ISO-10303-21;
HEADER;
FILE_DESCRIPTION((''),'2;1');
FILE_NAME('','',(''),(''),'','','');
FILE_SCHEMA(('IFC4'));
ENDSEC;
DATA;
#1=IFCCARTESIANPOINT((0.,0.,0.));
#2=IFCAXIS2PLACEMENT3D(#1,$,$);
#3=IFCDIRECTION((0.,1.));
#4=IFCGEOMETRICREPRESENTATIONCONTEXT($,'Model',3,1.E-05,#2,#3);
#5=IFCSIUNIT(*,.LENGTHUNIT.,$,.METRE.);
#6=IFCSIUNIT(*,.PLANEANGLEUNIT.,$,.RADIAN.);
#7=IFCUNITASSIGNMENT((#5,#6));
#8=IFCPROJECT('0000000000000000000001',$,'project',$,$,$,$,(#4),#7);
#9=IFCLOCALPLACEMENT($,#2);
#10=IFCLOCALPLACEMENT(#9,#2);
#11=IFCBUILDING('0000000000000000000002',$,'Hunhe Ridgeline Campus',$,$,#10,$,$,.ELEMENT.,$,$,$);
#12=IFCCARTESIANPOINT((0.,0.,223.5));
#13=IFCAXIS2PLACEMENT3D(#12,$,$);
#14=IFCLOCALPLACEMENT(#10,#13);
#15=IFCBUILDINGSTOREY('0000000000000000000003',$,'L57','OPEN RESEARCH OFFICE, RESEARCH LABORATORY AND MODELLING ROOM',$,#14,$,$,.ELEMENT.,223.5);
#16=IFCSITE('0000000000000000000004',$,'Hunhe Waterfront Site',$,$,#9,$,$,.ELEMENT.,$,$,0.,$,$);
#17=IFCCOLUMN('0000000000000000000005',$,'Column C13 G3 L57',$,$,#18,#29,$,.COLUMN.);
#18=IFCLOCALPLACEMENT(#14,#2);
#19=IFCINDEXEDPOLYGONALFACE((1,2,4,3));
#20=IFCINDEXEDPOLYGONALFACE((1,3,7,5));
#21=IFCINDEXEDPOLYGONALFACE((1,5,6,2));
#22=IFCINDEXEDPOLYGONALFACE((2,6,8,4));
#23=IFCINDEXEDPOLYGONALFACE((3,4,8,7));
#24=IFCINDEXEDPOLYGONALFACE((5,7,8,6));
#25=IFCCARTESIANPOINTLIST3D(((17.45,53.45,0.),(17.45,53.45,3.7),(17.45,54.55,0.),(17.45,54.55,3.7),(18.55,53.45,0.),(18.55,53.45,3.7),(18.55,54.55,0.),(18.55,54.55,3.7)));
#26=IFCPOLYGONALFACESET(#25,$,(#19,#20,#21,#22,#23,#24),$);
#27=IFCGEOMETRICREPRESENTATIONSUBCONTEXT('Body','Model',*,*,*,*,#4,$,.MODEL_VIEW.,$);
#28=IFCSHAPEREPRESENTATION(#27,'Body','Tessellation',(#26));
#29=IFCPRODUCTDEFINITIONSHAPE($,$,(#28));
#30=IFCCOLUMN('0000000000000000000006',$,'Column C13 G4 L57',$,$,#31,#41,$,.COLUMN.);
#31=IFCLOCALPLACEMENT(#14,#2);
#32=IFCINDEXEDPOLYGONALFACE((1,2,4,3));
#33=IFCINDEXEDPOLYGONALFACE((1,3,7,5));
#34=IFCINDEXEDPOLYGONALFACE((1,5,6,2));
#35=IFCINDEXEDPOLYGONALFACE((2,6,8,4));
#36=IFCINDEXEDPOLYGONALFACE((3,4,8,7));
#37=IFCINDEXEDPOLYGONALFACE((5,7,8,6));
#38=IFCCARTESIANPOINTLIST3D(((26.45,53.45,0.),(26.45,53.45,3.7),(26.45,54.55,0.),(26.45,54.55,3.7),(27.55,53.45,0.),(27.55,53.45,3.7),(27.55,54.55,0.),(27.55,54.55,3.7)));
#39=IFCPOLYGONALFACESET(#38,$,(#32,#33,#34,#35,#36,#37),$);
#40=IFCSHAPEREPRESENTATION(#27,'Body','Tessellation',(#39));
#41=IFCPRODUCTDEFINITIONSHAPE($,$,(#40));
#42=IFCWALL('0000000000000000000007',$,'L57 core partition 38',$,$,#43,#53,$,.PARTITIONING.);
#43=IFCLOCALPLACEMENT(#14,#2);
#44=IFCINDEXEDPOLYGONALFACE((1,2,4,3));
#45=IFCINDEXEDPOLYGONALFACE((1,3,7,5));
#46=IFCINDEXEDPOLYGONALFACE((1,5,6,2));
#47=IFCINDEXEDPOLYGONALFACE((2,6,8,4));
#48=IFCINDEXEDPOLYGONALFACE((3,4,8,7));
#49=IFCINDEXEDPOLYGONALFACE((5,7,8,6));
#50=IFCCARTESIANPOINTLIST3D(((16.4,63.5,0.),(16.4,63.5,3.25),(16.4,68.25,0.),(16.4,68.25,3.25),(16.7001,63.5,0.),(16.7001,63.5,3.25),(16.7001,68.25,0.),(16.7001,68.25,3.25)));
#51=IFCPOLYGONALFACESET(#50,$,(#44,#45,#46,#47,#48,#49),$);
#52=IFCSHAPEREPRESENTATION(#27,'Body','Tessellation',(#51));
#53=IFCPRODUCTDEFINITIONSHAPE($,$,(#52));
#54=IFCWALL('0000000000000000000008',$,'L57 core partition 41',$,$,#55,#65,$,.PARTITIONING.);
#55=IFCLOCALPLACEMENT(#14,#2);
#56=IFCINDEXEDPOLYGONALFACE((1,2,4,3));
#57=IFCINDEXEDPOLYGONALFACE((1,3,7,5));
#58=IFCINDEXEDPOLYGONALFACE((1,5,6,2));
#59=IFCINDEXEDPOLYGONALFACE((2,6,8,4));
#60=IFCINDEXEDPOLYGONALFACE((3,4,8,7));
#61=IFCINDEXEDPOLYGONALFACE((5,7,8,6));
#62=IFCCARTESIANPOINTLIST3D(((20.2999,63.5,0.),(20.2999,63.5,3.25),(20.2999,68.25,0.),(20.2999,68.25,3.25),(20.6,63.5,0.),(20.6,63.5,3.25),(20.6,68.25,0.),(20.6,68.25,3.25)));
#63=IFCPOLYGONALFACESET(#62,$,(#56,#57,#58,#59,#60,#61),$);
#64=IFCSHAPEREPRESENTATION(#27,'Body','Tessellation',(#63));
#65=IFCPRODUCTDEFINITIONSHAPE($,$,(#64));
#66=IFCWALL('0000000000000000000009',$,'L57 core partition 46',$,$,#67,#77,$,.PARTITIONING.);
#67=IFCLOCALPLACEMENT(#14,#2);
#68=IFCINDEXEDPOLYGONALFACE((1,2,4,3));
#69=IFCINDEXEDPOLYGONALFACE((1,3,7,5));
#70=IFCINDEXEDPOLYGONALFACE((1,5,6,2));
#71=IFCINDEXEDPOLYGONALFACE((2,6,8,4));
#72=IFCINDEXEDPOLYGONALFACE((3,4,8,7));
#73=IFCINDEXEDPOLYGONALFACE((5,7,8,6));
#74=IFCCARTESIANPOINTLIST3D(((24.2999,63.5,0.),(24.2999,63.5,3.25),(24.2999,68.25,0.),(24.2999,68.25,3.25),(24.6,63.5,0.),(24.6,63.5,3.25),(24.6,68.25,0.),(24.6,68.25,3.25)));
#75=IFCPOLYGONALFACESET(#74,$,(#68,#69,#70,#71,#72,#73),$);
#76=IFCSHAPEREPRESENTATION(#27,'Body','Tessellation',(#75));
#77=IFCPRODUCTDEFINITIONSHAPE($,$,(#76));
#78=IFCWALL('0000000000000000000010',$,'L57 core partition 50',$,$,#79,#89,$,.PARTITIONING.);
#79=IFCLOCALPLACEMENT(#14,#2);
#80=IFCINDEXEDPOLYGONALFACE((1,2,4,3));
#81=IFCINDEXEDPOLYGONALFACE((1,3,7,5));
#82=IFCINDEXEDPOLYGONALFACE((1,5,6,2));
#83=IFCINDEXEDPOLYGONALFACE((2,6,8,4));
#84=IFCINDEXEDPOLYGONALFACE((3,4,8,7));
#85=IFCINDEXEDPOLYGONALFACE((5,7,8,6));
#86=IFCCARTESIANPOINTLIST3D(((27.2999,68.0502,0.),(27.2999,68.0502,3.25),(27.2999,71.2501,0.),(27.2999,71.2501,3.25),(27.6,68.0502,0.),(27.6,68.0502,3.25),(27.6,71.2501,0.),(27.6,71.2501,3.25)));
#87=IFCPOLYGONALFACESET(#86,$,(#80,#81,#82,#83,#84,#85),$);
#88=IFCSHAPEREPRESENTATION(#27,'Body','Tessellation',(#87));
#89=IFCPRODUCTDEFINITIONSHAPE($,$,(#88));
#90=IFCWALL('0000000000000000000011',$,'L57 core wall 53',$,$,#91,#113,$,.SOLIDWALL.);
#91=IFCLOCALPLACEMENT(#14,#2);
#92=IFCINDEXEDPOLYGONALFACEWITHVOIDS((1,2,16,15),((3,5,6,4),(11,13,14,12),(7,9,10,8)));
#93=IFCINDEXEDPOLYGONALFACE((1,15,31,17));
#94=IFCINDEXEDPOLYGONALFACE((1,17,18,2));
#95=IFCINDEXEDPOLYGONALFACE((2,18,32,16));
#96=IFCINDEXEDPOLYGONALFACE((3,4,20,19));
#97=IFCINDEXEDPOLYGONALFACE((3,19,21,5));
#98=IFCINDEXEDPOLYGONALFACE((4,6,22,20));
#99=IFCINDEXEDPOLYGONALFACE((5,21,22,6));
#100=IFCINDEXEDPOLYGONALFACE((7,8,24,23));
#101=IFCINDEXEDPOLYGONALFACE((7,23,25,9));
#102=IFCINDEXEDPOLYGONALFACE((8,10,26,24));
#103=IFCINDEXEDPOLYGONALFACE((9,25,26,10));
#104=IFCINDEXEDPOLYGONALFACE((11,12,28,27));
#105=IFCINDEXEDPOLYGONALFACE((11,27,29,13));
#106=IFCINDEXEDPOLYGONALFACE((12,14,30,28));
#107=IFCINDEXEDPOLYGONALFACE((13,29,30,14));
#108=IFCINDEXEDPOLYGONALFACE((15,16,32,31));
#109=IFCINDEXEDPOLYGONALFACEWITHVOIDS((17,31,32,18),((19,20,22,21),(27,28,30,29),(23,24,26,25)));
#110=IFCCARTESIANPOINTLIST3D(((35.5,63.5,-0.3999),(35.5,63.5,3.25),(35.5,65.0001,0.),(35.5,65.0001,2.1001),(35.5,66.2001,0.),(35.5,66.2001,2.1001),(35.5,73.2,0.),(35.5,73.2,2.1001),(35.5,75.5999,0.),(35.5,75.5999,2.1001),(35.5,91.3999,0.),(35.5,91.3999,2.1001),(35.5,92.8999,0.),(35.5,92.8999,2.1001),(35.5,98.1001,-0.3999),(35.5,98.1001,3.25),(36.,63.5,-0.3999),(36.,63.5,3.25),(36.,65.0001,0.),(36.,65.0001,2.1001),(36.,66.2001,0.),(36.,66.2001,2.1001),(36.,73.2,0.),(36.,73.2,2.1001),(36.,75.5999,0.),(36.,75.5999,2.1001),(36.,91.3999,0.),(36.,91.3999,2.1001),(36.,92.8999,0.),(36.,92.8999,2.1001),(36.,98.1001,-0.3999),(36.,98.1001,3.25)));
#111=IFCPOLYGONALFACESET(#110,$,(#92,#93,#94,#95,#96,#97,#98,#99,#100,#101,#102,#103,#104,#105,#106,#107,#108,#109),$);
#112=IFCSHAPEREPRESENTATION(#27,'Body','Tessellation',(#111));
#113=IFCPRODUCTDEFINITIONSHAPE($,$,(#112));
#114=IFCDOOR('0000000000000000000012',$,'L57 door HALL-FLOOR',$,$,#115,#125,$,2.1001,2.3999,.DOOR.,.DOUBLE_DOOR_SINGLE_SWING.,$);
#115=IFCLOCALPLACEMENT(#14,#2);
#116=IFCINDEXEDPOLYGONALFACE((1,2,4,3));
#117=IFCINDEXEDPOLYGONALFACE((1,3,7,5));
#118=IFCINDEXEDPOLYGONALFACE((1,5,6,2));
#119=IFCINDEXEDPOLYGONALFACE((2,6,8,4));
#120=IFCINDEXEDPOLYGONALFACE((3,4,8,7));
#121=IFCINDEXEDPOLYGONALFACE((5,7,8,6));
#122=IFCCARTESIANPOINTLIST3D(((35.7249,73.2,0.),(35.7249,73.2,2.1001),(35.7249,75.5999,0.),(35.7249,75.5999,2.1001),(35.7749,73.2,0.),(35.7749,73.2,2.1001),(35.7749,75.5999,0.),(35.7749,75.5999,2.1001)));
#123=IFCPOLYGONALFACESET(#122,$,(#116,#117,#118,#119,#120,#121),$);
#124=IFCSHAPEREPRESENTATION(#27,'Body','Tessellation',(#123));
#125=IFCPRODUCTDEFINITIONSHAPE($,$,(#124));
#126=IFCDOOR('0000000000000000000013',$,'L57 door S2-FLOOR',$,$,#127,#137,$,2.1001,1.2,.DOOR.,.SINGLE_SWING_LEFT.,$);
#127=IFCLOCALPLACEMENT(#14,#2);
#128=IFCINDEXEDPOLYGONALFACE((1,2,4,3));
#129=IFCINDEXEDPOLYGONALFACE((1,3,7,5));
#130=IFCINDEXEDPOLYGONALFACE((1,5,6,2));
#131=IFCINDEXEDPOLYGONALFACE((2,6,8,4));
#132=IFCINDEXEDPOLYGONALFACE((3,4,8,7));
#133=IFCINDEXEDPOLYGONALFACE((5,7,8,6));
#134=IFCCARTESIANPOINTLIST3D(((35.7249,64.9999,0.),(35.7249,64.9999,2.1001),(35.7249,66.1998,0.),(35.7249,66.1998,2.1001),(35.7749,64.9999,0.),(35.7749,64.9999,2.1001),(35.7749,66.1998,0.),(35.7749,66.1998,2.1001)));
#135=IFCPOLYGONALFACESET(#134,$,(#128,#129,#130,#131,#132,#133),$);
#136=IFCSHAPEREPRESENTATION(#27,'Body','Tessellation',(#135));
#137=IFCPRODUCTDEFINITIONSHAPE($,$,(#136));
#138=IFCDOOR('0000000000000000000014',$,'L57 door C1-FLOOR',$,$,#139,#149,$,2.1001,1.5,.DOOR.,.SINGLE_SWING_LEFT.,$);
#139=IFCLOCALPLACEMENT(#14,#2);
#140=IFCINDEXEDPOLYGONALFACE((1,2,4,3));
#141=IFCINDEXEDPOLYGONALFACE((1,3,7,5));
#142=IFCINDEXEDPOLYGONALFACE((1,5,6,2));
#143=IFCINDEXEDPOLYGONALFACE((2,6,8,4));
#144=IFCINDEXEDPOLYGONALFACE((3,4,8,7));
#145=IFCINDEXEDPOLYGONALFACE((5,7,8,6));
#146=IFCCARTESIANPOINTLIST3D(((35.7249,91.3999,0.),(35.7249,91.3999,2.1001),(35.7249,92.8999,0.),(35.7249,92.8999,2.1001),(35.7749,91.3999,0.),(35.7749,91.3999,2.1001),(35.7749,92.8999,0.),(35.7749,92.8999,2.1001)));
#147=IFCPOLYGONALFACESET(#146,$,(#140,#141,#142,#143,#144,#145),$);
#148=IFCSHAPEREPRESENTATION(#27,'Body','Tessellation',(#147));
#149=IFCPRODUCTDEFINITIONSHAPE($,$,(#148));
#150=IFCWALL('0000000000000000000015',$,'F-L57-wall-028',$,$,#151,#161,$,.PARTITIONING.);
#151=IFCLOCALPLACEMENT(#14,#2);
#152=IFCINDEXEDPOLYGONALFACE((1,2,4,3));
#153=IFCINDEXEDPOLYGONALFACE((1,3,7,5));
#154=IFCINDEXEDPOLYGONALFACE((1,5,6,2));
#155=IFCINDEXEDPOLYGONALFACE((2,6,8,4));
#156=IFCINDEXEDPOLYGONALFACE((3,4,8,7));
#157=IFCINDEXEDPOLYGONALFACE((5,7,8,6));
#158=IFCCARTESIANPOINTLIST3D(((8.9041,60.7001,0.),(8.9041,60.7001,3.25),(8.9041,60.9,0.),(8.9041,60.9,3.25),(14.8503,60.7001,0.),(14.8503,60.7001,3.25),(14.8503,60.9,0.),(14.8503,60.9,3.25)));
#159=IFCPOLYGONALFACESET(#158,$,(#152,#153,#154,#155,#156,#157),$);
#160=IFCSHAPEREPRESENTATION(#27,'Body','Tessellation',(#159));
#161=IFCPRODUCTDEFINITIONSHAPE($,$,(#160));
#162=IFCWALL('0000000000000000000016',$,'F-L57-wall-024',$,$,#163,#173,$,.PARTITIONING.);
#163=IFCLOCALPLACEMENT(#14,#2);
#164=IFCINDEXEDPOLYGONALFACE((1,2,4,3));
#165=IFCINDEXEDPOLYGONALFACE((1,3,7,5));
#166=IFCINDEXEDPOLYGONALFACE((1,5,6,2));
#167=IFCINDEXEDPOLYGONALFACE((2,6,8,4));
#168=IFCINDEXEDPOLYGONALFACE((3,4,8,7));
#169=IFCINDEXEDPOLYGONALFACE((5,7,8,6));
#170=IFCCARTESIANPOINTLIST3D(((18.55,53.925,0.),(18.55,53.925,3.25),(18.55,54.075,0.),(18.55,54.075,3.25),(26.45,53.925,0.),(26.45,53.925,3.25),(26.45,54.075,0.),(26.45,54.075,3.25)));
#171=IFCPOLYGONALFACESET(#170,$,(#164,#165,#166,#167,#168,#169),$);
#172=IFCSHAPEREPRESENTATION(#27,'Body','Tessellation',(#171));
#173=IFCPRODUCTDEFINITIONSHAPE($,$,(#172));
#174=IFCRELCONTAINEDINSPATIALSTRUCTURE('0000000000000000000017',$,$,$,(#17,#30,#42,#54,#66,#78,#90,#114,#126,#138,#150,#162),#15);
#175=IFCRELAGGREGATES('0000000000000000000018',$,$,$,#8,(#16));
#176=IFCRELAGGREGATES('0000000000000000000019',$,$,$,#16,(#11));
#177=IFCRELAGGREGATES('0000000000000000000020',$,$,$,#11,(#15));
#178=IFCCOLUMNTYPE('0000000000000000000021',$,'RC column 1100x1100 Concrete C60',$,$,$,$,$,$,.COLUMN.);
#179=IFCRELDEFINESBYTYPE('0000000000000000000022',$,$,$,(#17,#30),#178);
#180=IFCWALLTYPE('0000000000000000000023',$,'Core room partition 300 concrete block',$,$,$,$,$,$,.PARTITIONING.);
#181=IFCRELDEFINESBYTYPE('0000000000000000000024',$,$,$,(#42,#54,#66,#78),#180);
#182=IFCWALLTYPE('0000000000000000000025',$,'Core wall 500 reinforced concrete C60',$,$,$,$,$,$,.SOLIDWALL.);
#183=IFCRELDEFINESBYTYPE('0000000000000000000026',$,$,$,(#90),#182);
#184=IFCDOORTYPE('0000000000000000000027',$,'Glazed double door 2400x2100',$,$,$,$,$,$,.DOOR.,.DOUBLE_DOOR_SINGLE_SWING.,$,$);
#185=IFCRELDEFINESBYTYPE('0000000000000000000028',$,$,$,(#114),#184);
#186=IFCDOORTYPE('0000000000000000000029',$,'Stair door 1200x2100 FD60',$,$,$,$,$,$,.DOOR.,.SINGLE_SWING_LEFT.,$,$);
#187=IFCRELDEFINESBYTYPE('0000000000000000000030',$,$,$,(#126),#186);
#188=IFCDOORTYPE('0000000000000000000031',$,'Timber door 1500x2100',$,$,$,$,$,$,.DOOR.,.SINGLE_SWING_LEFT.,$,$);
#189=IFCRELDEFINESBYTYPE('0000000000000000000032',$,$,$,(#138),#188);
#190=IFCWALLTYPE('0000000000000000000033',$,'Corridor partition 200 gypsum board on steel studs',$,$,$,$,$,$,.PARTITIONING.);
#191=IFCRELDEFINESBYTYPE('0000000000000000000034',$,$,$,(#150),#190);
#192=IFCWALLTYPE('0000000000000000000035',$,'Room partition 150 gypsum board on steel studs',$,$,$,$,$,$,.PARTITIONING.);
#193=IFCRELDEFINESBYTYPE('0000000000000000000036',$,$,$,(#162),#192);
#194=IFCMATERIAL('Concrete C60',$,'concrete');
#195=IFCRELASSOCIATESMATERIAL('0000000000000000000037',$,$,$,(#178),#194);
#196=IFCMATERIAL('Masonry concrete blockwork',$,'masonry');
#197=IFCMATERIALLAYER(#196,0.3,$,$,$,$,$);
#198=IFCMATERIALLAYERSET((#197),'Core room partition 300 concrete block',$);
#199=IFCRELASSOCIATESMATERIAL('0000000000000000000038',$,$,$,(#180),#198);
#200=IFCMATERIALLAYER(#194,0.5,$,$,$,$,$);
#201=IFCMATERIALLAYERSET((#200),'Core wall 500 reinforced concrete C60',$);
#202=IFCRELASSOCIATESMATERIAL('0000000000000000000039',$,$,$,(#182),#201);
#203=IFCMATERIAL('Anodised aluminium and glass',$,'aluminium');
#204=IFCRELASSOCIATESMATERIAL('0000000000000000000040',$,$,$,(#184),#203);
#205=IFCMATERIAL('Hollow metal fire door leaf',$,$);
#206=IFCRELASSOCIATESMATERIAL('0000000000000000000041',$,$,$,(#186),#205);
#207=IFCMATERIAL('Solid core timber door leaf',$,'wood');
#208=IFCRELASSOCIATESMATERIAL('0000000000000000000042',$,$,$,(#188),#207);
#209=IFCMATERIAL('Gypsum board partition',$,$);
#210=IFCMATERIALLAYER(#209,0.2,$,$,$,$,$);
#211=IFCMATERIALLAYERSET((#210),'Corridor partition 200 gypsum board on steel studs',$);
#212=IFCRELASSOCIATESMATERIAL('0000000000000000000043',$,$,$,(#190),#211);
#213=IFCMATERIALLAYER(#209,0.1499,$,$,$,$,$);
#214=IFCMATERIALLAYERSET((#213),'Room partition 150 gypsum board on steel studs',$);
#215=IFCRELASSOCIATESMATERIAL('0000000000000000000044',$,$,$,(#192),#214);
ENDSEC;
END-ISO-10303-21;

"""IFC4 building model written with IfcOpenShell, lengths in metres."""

from ifc_helpers import new_model, si_unit, direction, frame, frame_2d, origin, origin_2d, place, context, subcontext, project, spatial, rectangle, extrude, material, layer, layer_set, material_profile, profile_set, type_object, element, fill, save


model = new_model("IFC4")

# Units and contexts
model_context = context("Model", 3, precision=1e-05, world=origin(), true_north=direction((0.0, 1.0)))
body_context = subcontext(model_context, "Body", "Model", "MODEL_VIEW")
ifc_project = project(units=[si_unit("LENGTHUNIT", "METRE"), si_unit("PLANEANGLEUNIT", "RADIAN")], contexts=[model_context])

# Site, building, storey
site_placement = place(None, origin())
site = spatial("IfcSite", under=ifc_project, at=site_placement, Name="Hunhe Waterfront Site", CompositionType="ELEMENT", RefElevation=0.0)
building_placement = place(site_placement, origin())
building = spatial("IfcBuilding", under=site, at=building_placement, Name="Hunhe Ridgeline Campus", CompositionType="ELEMENT")
storey_placement = place(building_placement, frame((0.0, 0.0, 223.5)))
storey = spatial("IfcBuildingStorey", under=building, at=storey_placement, Name="L57", Description="OPEN RESEARCH OFFICE, RESEARCH LABORATORY AND MODELLING ROOM", CompositionType="ELEMENT", Elevation=223.5)

# Columns
ifc_material_1 = material(Name="Concrete C60", Category="concrete")
ifc_material_profile = material_profile(ifc_material_1, rectangle(XDim=1.1001, YDim=1.1001, at=origin_2d()))
ifc_profile_set = profile_set([ifc_material_profile], Name="Concrete C60")
column_type = type_object("IfcColumnType", Name="RC column 1100x1100 Concrete C60", PredefinedType="COLUMN", material=ifc_profile_set)
for number, where, z_axis, x_axis, name in (
    (1, (18.0, 54.0, 0.0), (0.0, 0.0, 1.0), (1.0, 0.0, 0.0), "Column C13 G3 L57"),
    (2, (27.0, 54.0, 0.0), (0.0, 0.0, 1.0), (1.0, 0.0, 0.0), "Column C13 G4 L57"),
):
    element("IfcColumn", number, at=place(storey_placement, frame(where, z_axis=z_axis, x_axis=x_axis)), inside=storey, type_object=column_type, Name=name, PredefinedType="COLUMN", context=body_context, shape_type="SweptSolid", body=[
        extrude(rectangle(XDim=1.1001, YDim=1.1001, at=origin_2d()), origin(), (0.0, 0.0, 1.0), 3.7),
    ])

# Walls
ifc_material_2 = material(Name="Masonry concrete blockwork", Category="masonry")
ifc_layer_1 = layer(ifc_material_2, 0.3)
ifc_layer_set_1 = layer_set([ifc_layer_1], Name="Core room partition 300 concrete block")
wall_type_1 = type_object("IfcWallType", Name="Core room partition 300 concrete block", PredefinedType="PARTITIONING", material=ifc_layer_set_1)
for number, where, z_axis, x_axis, name in (
    (3, (16.55, 63.5, 0.0), (0.0, 0.0, 1.0), (0.0, 1.0, 0.0), "L57 core partition 38"),
    (4, (20.45, 63.5, 0.0), (0.0, 0.0, 1.0), (0.0, 1.0, 0.0), "L57 core partition 41"),
    (5, (24.45, 63.5, 0.0), (0.0, 0.0, 1.0), (0.0, 1.0, 0.0), "L57 core partition 46"),
):
    element("IfcWall", number, at=place(storey_placement, frame(where, z_axis=z_axis, x_axis=x_axis)), inside=storey, type_object=wall_type_1, Name=name, PredefinedType="PARTITIONING", context=body_context, shape_type="SweptSolid", body=[
        extrude(rectangle(XDim=4.75, YDim=0.3, at=frame_2d((2.375, 0.0))), origin(), (0.0, 0.0, 1.0), 3.25),
    ])
wall_1_placement = place(storey_placement, frame((27.45, 68.05, 0.0), z_axis=(0.0, 0.0, 1.0), x_axis=(0.0, 1.0, 0.0)))
element("IfcWall", 6, at=wall_1_placement, inside=storey, type_object=wall_type_1, Name="L57 core partition 50", PredefinedType="PARTITIONING", context=body_context, shape_type="SweptSolid", body=[
    extrude(rectangle(XDim=3.2, YDim=0.3, at=frame_2d((1.6001, 0.0))), origin(), (0.0, 0.0, 1.0), 3.25),
])

# Wall, openings, doors
ifc_layer_2 = layer(ifc_material_1, 0.5)
ifc_layer_set_2 = layer_set([ifc_layer_2], Name="Core wall 500 reinforced concrete C60")
wall_type_2 = type_object("IfcWallType", Name="Core wall 500 reinforced concrete C60", PredefinedType="SOLIDWALL", material=ifc_layer_set_2)
wall_2_placement = place(storey_placement, frame((35.75, 63.5, -0.3999), z_axis=(0.0, 0.0, 1.0), x_axis=(0.0, 1.0, 0.0)))
wall_2 = element("IfcWall", 7, at=wall_2_placement, inside=storey, type_object=wall_type_2, Name="L57 core wall 53", PredefinedType="SOLIDWALL", context=body_context, shape_type="SweptSolid", body=[
    extrude(rectangle(XDim=34.6001, YDim=0.5, at=frame_2d((17.3, 0.0))), origin(), (0.0, 0.0, 1.0), 3.6499),
])
opening_1_placement = place(wall_2_placement, frame((9.7, 0.0, 0.3999)))
opening_1 = element("IfcOpeningElement", 8, at=opening_1_placement, cuts=wall_2, PredefinedType="OPENING", context=body_context, shape_type="SweptSolid", body=[
    extrude(rectangle(XDim=2.3999, YDim=2.1001, at=frame_2d((1.2, 1.05))), frame((0.0, 0.25, 0.0), z_axis=(0.0, -1.0, 0.0), x_axis=(1.0, 0.0, 0.0)), (0.0, 0.0, 1.0), 0.5),
])
opening_2_placement = place(wall_2_placement, frame((27.8999, 0.0, 0.3999)))
opening_2 = element("IfcOpeningElement", 9, at=opening_2_placement, cuts=wall_2, PredefinedType="OPENING", context=body_context, shape_type="SweptSolid", body=[
    extrude(rectangle(XDim=1.5, YDim=2.1001, at=frame_2d((0.75, 1.05))), frame((0.0, 0.25, 0.0), z_axis=(0.0, -1.0, 0.0), x_axis=(1.0, 0.0, 0.0)), (0.0, 0.0, 1.0), 0.5),
])
opening_3_placement = place(wall_2_placement, frame((1.5, 0.0, 0.3999)))
opening_3 = element("IfcOpeningElement", 10, at=opening_3_placement, cuts=wall_2, PredefinedType="OPENING", context=body_context, shape_type="SweptSolid", body=[
    extrude(rectangle(XDim=1.2, YDim=2.1001, at=frame_2d((0.6001, 1.05))), frame((0.0, 0.25, 0.0), z_axis=(0.0, -1.0, 0.0), x_axis=(1.0, 0.0, 0.0)), (0.0, 0.0, 1.0), 0.5),
])
ifc_material_3 = material(Name="Anodised aluminium and glass", Category="aluminium")
door_type_1 = type_object("IfcDoorType", Name="Glazed double door 2400x2100", OperationType="DOUBLE_DOOR_SINGLE_SWING", PredefinedType="DOOR", material=ifc_material_3)
door_1_placement = place(opening_1_placement, frame((2.3999, 0.0, 0.0), z_axis=(0.0, 0.0, 1.0), x_axis=(-1.0, 0.0, 0.0)))
door_1 = element("IfcDoor", 11, at=door_1_placement, inside=storey, type_object=door_type_1, Name="L57 door HALL-FLOOR", OperationType="DOUBLE_DOOR_SINGLE_SWING", OverallHeight=2.1001, OverallWidth=2.3999, PredefinedType="DOOR", context=body_context, shape_type="SweptSolid", body=[
    extrude(rectangle(XDim=2.3999, YDim=2.1001, at=frame_2d((1.2, 1.05))), frame((0.0, 0.0249, 0.0), z_axis=(0.0, -1.0, 0.0), x_axis=(1.0, 0.0, 0.0)), (0.0, 0.0, 1.0), 0.05),
])
fill(opening_1, door_1)
ifc_material_4 = material(Name="Hollow metal fire door leaf")
door_type_2 = type_object("IfcDoorType", Name="Stair door 1200x2100 FD60", OperationType="SINGLE_SWING_LEFT", PredefinedType="DOOR", material=ifc_material_4)
door_2_placement = place(opening_3_placement, frame((1.2, 0.0, 0.0), z_axis=(0.0, 0.0, 1.0), x_axis=(-1.0, 0.0, 0.0)))
door_2 = element("IfcDoor", 12, at=door_2_placement, inside=storey, type_object=door_type_2, Name="L57 door S2-FLOOR", OperationType="SINGLE_SWING_LEFT", OverallHeight=2.1001, OverallWidth=1.2, PredefinedType="DOOR", context=body_context, shape_type="SweptSolid", body=[
    extrude(rectangle(XDim=1.2, YDim=2.1001, at=frame_2d((0.6001, 1.05))), frame((0.0, 0.0249, 0.0), z_axis=(0.0, -1.0, 0.0), x_axis=(1.0, 0.0, 0.0)), (0.0, 0.0, 1.0), 0.05),
])
fill(opening_3, door_2)
ifc_material_5 = material(Name="Solid core timber door leaf", Category="wood")
door_type_3 = type_object("IfcDoorType", Name="Timber door 1500x2100", OperationType="SINGLE_SWING_LEFT", PredefinedType="DOOR", material=ifc_material_5)
door_3_placement = place(opening_2_placement, frame((1.5, 0.0, 0.0), z_axis=(0.0, 0.0, 1.0), x_axis=(-1.0, 0.0, 0.0)))
door_3 = element("IfcDoor", 13, at=door_3_placement, inside=storey, type_object=door_type_3, Name="L57 door C1-FLOOR", OperationType="SINGLE_SWING_LEFT", OverallHeight=2.1001, OverallWidth=1.5, PredefinedType="DOOR", context=body_context, shape_type="SweptSolid", body=[
    extrude(rectangle(XDim=1.5, YDim=2.1001, at=frame_2d((0.75, 1.05))), frame((0.0, 0.0249, 0.0), z_axis=(0.0, -1.0, 0.0), x_axis=(1.0, 0.0, 0.0)), (0.0, 0.0, 1.0), 0.05),
])
fill(opening_2, door_3)

# Wall
ifc_material_6 = material(Name="Gypsum board partition")
ifc_layer_3 = layer(ifc_material_6, 0.2)
ifc_layer_set_3 = layer_set([ifc_layer_3], Name="Corridor partition 200 gypsum board on steel studs")
wall_type_3 = type_object("IfcWallType", Name="Corridor partition 200 gypsum board on steel studs", PredefinedType="PARTITIONING", material=ifc_layer_set_3)
wall_3_placement = place(storey_placement, frame((14.8503, 60.8, 0.0), z_axis=(0.0, 0.0, 1.0), x_axis=(-1.0, 0.0, 0.0)))
element("IfcWall", 14, at=wall_3_placement, inside=storey, type_object=wall_type_3, Name="F-L57-wall-028", PredefinedType="PARTITIONING", context=body_context, shape_type="SweptSolid", body=[
    extrude(rectangle(XDim=5.9463, YDim=0.2, at=frame_2d((2.9731, 0.0))), origin(), (0.0, 0.0, 1.0), 3.25),
])

# Wall
ifc_layer_4 = layer(ifc_material_6, 0.1499)
ifc_layer_set_4 = layer_set([ifc_layer_4], Name="Room partition 150 gypsum board on steel studs")
wall_type_4 = type_object("IfcWallType", Name="Room partition 150 gypsum board on steel studs", PredefinedType="PARTITIONING", material=ifc_layer_set_4)
wall_4_placement = place(storey_placement, frame((18.55, 54.0, 0.0), z_axis=(0.0, 0.0, 1.0), x_axis=(1.0, 0.0, 0.0)))
element("IfcWall", 15, at=wall_4_placement, inside=storey, type_object=wall_type_4, Name="F-L57-wall-024", PredefinedType="PARTITIONING", context=body_context, shape_type="SweptSolid", body=[
    extrude(rectangle(XDim=7.8999, YDim=0.1499, at=frame_2d((3.95, 0.0))), origin(), (0.0, 0.0, 1.0), 3.25),
])

save(model, "model.ifc")
